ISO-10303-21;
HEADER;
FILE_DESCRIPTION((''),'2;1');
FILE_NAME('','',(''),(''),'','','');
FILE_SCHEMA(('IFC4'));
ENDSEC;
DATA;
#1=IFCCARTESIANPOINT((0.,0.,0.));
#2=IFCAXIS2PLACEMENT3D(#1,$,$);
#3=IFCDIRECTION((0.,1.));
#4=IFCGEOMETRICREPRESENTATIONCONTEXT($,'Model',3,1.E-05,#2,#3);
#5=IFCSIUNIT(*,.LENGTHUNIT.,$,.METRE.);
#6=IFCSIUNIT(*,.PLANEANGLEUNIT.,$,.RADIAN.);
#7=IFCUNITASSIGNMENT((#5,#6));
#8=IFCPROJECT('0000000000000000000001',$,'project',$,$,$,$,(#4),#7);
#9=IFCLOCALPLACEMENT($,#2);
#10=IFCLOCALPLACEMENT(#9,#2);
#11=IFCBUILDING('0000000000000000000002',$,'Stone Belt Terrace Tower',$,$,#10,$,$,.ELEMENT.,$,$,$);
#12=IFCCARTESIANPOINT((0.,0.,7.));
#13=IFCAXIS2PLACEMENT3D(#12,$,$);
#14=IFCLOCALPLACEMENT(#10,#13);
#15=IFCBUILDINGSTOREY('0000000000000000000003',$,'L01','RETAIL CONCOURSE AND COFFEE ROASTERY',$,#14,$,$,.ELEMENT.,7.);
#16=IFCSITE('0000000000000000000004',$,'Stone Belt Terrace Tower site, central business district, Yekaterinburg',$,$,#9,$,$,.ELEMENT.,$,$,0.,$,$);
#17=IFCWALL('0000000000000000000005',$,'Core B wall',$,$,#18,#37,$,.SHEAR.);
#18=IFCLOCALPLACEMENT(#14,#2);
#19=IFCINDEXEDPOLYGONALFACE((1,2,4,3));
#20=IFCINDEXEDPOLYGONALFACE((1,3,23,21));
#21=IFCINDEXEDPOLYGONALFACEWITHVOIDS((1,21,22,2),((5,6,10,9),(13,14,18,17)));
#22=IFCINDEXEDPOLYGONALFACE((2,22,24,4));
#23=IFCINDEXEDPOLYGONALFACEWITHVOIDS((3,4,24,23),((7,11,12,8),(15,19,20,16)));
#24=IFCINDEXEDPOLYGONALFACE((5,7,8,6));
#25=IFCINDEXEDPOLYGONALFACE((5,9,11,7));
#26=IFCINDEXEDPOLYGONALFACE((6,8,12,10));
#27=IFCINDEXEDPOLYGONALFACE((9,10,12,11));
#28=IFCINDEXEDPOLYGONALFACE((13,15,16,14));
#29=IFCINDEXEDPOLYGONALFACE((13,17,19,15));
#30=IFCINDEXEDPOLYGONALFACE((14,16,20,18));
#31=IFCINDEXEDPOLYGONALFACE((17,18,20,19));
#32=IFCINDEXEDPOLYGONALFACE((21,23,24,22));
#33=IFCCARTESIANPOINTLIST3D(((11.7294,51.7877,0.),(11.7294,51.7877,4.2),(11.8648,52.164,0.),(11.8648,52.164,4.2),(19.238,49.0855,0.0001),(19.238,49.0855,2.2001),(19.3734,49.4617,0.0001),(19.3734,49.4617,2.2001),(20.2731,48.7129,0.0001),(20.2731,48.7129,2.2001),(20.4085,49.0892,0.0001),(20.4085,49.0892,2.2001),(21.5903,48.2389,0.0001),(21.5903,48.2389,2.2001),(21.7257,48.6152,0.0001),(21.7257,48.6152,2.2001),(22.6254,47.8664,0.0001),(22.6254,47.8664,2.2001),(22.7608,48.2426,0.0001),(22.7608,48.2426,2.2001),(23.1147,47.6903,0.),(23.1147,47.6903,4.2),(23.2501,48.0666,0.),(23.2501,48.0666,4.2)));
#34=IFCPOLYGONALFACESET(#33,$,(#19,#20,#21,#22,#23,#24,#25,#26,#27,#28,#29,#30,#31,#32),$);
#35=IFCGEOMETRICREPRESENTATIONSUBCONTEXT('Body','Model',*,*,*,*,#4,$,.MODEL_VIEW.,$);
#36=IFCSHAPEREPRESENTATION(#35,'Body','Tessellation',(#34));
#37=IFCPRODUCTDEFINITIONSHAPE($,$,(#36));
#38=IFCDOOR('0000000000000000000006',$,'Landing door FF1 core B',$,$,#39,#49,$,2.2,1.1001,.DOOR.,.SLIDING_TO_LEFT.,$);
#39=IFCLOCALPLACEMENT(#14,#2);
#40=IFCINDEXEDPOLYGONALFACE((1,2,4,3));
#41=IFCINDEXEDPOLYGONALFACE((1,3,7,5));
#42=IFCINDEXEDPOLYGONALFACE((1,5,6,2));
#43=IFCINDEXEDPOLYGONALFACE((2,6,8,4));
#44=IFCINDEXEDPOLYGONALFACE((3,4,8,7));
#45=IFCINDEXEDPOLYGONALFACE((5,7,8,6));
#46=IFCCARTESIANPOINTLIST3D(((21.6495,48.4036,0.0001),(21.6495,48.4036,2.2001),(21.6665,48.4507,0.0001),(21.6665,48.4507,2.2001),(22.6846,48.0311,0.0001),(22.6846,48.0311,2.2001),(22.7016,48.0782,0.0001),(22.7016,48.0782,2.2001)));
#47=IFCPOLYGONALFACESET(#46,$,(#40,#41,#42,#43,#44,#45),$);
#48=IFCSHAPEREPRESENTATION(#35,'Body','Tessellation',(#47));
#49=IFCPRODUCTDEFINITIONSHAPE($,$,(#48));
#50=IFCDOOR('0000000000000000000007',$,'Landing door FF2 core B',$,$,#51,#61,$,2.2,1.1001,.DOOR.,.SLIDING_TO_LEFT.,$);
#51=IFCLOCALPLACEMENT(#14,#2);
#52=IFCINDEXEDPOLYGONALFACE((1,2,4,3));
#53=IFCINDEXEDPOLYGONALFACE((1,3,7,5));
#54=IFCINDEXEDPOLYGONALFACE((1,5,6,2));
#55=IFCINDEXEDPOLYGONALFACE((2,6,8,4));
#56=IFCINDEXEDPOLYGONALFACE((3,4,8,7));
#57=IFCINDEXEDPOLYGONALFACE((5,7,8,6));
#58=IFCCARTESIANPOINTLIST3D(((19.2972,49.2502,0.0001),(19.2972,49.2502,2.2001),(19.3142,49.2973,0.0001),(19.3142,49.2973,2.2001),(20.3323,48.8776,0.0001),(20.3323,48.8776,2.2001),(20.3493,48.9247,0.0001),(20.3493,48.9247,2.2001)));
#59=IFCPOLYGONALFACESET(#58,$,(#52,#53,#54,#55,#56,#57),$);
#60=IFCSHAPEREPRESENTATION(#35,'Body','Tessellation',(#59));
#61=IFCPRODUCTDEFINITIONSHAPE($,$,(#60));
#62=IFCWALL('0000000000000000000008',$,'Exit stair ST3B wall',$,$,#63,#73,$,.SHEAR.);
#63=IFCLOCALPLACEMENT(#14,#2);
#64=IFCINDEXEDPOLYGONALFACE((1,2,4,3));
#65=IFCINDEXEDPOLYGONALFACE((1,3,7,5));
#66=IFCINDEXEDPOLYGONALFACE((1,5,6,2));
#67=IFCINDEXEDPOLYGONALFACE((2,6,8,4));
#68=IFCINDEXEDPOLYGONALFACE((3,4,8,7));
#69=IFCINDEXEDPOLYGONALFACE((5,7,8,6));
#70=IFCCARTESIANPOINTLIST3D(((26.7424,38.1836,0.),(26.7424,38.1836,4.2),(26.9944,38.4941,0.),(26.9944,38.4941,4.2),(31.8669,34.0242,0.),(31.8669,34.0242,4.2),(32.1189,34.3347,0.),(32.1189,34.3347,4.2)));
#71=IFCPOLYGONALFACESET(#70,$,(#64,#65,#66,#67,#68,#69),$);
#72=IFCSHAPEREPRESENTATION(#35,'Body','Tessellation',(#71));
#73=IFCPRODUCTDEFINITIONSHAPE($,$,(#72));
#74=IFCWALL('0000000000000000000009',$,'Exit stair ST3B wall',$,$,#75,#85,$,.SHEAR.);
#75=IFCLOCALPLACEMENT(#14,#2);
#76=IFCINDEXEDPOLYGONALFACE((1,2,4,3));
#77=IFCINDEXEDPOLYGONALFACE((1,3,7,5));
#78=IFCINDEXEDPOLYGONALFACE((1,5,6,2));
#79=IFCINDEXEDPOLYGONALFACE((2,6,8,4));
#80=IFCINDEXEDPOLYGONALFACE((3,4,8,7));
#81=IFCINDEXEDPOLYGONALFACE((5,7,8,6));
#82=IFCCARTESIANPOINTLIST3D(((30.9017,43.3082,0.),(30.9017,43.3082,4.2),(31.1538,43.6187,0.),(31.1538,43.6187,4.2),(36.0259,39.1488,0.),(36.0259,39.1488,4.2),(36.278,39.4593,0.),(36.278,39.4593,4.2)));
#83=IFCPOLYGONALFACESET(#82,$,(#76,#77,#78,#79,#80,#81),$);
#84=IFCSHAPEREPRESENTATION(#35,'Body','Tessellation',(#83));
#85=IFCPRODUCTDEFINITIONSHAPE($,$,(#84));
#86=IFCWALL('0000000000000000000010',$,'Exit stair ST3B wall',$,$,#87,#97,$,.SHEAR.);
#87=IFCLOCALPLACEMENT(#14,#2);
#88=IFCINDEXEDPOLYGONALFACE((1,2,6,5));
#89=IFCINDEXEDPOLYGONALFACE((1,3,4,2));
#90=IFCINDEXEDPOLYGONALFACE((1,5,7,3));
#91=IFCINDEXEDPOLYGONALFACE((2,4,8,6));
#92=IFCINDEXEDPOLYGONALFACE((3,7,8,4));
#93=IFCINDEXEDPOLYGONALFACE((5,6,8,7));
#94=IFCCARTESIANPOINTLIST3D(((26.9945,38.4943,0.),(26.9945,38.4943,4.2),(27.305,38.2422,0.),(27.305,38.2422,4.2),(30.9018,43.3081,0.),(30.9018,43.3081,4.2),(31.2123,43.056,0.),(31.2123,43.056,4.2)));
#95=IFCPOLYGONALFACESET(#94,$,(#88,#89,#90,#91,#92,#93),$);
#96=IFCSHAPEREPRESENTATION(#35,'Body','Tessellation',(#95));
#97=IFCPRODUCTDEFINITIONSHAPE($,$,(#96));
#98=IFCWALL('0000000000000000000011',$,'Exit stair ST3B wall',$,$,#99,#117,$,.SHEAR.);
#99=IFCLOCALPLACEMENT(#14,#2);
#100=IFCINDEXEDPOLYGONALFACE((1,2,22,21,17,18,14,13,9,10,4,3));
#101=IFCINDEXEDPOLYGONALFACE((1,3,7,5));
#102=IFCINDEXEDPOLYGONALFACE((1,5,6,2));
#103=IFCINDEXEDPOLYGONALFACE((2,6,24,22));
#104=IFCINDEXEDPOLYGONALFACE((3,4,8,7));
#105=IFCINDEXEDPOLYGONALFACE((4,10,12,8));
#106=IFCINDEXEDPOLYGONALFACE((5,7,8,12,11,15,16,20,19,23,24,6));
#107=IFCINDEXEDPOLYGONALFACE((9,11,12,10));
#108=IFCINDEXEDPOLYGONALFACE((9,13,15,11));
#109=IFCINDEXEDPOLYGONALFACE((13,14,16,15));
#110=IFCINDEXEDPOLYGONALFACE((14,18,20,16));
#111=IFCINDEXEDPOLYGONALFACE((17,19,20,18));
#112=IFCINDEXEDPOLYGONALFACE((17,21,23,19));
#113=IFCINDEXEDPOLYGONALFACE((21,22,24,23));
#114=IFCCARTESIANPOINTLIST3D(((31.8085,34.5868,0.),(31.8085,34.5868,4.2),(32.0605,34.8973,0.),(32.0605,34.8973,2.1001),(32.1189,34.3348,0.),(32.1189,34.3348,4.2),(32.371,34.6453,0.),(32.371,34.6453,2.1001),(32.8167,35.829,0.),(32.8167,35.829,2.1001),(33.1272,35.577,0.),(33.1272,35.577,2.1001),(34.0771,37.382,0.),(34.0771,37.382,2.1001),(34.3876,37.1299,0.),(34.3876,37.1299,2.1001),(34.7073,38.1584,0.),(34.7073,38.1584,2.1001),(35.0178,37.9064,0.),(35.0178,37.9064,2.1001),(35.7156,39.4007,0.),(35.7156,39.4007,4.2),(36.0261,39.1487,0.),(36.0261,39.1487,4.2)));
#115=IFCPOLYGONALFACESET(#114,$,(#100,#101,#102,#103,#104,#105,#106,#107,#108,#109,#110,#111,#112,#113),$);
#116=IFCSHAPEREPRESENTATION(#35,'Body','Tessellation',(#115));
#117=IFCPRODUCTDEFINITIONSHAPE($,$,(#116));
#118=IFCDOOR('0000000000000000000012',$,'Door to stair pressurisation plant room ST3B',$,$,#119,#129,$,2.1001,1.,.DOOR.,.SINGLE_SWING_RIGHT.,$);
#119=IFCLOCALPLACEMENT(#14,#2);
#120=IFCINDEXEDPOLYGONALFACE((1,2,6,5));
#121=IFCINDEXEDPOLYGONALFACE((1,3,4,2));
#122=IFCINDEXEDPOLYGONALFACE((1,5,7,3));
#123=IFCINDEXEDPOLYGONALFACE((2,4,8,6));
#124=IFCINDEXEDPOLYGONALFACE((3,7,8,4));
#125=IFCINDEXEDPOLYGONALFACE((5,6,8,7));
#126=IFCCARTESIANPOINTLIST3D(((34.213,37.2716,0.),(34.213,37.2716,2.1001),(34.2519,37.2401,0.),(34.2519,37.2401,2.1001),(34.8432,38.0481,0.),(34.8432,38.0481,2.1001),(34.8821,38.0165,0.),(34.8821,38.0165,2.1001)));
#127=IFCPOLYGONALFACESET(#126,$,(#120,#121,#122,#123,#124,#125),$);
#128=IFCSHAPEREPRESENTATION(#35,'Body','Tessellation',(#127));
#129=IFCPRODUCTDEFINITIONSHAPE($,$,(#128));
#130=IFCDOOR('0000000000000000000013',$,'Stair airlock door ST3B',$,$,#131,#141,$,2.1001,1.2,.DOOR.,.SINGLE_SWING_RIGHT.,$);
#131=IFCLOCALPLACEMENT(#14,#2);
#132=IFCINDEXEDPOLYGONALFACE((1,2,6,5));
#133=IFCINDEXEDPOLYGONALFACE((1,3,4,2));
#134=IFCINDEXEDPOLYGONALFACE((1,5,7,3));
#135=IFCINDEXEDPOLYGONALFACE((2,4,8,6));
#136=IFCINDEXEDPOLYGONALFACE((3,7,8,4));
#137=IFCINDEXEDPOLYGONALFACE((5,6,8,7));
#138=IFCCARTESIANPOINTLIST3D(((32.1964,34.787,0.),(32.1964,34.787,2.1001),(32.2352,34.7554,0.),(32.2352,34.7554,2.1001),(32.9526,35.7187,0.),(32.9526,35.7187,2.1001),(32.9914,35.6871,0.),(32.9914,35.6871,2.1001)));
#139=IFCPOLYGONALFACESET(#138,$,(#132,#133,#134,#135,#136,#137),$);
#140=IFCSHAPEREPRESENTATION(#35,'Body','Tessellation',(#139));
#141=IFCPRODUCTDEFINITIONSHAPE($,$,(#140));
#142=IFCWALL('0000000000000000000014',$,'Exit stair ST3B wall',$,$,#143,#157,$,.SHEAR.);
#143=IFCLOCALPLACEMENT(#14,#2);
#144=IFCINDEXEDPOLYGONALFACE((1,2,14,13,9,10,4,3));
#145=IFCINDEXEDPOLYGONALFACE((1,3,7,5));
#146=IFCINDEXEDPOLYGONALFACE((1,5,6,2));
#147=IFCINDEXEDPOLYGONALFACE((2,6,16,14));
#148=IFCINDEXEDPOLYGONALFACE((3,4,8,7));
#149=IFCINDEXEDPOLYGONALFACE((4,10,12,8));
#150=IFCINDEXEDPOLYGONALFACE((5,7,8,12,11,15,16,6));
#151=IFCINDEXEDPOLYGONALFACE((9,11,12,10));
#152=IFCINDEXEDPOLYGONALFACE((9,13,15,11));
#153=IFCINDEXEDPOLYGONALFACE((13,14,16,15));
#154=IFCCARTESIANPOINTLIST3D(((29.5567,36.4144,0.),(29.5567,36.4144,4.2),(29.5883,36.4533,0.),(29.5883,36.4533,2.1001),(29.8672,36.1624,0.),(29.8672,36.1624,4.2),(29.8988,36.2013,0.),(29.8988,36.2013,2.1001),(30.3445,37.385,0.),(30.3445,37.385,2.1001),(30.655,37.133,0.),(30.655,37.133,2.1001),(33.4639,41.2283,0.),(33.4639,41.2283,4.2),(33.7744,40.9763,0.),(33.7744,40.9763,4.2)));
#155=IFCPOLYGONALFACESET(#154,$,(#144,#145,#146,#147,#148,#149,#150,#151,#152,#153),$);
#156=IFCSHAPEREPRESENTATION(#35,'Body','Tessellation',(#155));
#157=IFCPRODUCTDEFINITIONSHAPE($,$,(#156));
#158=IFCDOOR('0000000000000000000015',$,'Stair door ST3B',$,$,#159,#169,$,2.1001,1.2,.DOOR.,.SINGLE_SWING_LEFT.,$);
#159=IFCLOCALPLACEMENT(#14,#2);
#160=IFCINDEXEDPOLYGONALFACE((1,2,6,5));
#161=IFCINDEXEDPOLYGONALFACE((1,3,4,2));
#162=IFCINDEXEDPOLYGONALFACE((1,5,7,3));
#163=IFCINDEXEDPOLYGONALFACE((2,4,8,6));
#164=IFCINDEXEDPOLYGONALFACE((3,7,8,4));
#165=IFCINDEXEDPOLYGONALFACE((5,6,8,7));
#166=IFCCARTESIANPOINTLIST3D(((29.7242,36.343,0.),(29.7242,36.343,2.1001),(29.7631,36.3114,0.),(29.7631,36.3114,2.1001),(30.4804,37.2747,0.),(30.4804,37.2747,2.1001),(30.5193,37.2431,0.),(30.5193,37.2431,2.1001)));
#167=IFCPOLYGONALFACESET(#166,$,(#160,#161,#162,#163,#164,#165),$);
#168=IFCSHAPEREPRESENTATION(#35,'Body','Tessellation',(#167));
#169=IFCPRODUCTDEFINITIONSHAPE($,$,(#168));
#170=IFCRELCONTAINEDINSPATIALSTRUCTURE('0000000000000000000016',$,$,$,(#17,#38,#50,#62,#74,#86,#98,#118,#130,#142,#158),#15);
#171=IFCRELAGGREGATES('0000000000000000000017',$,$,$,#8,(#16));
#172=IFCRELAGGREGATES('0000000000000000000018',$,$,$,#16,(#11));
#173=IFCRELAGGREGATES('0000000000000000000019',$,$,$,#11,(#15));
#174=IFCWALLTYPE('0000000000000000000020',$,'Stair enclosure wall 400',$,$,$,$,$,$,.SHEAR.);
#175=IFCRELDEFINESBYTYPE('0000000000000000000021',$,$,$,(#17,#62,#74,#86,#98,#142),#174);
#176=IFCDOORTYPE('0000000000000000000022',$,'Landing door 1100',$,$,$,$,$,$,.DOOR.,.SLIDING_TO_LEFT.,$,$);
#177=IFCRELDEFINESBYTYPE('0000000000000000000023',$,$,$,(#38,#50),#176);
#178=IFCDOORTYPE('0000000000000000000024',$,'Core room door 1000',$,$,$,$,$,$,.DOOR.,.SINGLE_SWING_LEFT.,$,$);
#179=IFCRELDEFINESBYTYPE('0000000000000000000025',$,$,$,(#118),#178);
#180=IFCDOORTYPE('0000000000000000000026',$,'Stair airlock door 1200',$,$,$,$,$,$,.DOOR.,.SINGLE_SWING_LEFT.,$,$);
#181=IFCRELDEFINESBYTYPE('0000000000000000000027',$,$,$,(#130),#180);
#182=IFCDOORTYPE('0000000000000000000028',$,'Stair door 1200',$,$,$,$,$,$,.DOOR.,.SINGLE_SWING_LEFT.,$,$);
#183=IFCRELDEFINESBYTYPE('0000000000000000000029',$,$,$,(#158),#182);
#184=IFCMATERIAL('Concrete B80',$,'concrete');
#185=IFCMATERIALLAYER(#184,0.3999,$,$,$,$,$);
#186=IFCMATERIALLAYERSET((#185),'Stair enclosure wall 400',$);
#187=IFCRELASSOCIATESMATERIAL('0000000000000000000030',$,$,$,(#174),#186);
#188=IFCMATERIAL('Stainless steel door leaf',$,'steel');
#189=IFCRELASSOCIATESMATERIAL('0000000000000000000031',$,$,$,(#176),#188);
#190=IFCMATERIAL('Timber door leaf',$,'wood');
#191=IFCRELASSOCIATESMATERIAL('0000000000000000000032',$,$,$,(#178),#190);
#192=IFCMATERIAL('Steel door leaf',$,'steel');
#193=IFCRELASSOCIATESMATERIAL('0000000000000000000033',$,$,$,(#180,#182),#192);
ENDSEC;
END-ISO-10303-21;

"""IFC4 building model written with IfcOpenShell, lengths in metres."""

from ifc_helpers import new_model, si_unit, direction, frame, frame_2d, origin, place, context, subcontext, project, spatial, rectangle, extrude, material, layer, layer_set, type_object, element, fill, save


model = new_model("IFC4")

# Units and contexts
model_context = context("Model", 3, precision=1e-05, world=origin(), true_north=direction((0.0, 1.0)))
body_context = subcontext(model_context, "Body", "Model", "MODEL_VIEW")
ifc_project = project(units=[si_unit("LENGTHUNIT", "METRE"), si_unit("PLANEANGLEUNIT", "RADIAN")], contexts=[model_context])

# Site, building, storey
site_placement = place(None, origin())
site = spatial("IfcSite", under=ifc_project, at=site_placement, Name="Stone Belt Terrace Tower site, central business district, Yekaterinburg", CompositionType="ELEMENT", RefElevation=0.0)
building_placement = place(site_placement, origin())
building = spatial("IfcBuilding", under=site, at=building_placement, Name="Stone Belt Terrace Tower", CompositionType="ELEMENT")
storey_placement = place(building_placement, frame((0.0, 0.0, 7.0)))
storey = spatial("IfcBuildingStorey", under=building, at=storey_placement, Name="L01", Description="RETAIL CONCOURSE AND COFFEE ROASTERY", CompositionType="ELEMENT", Elevation=7.0)

# Shared definitions
ifc_material_1 = material(Name="Concrete B80", Category="concrete")

# Wall, openings, doors
ifc_layer_1 = layer(ifc_material_1, 0.3999)
ifc_layer_set_1 = layer_set([ifc_layer_1], Name="Stair enclosure wall 400")
wall_type_1 = type_object("IfcWallType", Name="Stair enclosure wall 400", PredefinedType="SHEAR", material=ifc_layer_set_1)
wall_1_placement = place(storey_placement, frame((23.1824, 47.8784, 0.0), z_axis=(0.0, 0.0, 1.0), x_axis=(-0.940921, 0.338626, 0.0)))
wall_1 = element("IfcWall", 1, at=wall_1_placement, inside=storey, type_object=wall_type_1, Name="Core B wall", PredefinedType="SHEAR", context=body_context, shape_type="SweptSolid", body=[
    extrude(rectangle(XDim=12.1001, YDim=0.3999, at=frame_2d((6.05, 0.0))), origin(), (0.0, 0.0, 1.0), 4.2),
])
opening_1_placement = place(wall_1_placement, frame((0.52, 0.0, 0.0)))
opening_1 = element("IfcOpeningElement", 2, at=opening_1_placement, cuts=wall_1, PredefinedType="OPENING", context=body_context, shape_type="SweptSolid", body=[
    extrude(rectangle(XDim=1.1001, YDim=2.2, at=frame_2d((0.55, 1.1001))), frame((0.0, 0.21, 0.0), z_axis=(0.0, -1.0, 0.0), x_axis=(1.0, 0.0, 0.0)), (0.0, 0.0, 1.0), 0.4199),
])
opening_2_placement = place(wall_1_placement, frame((3.02, 0.0, 0.0)))
opening_2 = element("IfcOpeningElement", 3, at=opening_2_placement, cuts=wall_1, PredefinedType="OPENING", context=body_context, shape_type="SweptSolid", body=[
    extrude(rectangle(XDim=1.1001, YDim=2.2, at=frame_2d((0.55, 1.1001))), frame((0.0, 0.21, 0.0), z_axis=(0.0, -1.0, 0.0), x_axis=(1.0, 0.0, 0.0)), (0.0, 0.0, 1.0), 0.4199),
])
ifc_material_2 = material(Name="Stainless steel door leaf", Category="steel")
door_type_1 = type_object("IfcDoorType", Name="Landing door 1100", OperationType="SLIDING_TO_LEFT", PredefinedType="DOOR", material=ifc_material_2)
door_1_placement = place(opening_1_placement, origin())
door_1 = element("IfcDoor", 4, at=door_1_placement, inside=storey, type_object=door_type_1, Name="Landing door FF1 core B", OperationType="SLIDING_TO_LEFT", OverallHeight=2.2, OverallWidth=1.1001, PredefinedType="DOOR", context=body_context, shape_type="SweptSolid", body=[
    extrude(rectangle(XDim=1.1001, YDim=2.2, at=frame_2d((0.55, 1.1001))), frame((0.0, 0.0249, 0.0), z_axis=(0.0, -1.0, 0.0), x_axis=(1.0, 0.0, 0.0)), (0.0, 0.0, 1.0), 0.05),
])
fill(opening_1, door_1)
door_2_placement = place(opening_2_placement, origin())
door_2 = element("IfcDoor", 5, at=door_2_placement, inside=storey, type_object=door_type_1, Name="Landing door FF2 core B", OperationType="SLIDING_TO_LEFT", OverallHeight=2.2, OverallWidth=1.1001, PredefinedType="DOOR", context=body_context, shape_type="SweptSolid", body=[
    extrude(rectangle(XDim=1.1001, YDim=2.2, at=frame_2d((0.55, 1.1001))), frame((0.0, 0.0249, 0.0), z_axis=(0.0, -1.0, 0.0), x_axis=(1.0, 0.0, 0.0)), (0.0, 0.0, 1.0), 0.05),
])
fill(opening_2, door_2)

# Walls
wall_2_placement = place(storey_placement, frame((26.8684, 38.3389, 0.0), z_axis=(0.0, 0.0, 1.0), x_axis=(0.776428, -0.630205, 0.0)))
element("IfcWall", 6, at=wall_2_placement, inside=storey, type_object=wall_type_1, Name="Exit stair ST3B wall", PredefinedType="SHEAR", context=body_context, shape_type="SweptSolid", body=[
    extrude(rectangle(XDim=6.6001, YDim=0.3999, at=frame_2d((3.3, 0.0))), origin(), (0.0, 0.0, 1.0), 4.2),
])
wall_3_placement = place(storey_placement, frame((31.0278, 43.4634, 0.0), z_axis=(0.0, 0.0, 1.0), x_axis=(0.776414, -0.630224, 0.0)))
element("IfcWall", 7, at=wall_3_placement, inside=storey, type_object=wall_type_1, Name="Exit stair ST3B wall", PredefinedType="SHEAR", context=body_context, shape_type="SweptSolid", body=[
    extrude(rectangle(XDim=6.5999, YDim=0.3999, at=frame_2d((3.2998, 0.0))), origin(), (0.0, 0.0, 1.0), 4.2),
])
wall_4_placement = place(storey_placement, frame((27.1497, 38.3682, 0.0), z_axis=(0.0, 0.0, 1.0), x_axis=(0.630212, 0.776423, 0.0)))
element("IfcWall", 8, at=wall_4_placement, inside=storey, type_object=wall_type_1, Name="Exit stair ST3B wall", PredefinedType="SHEAR", context=body_context, shape_type="SweptSolid", body=[
    extrude(rectangle(XDim=6.2, YDim=0.3999, at=frame_2d((3.1001, 0.0))), origin(), (0.0, 0.0, 1.0), 4.2),
])

# Wall, openings, doors
wall_5_placement = place(storey_placement, frame((31.9636, 34.4607, 0.0), z_axis=(0.0, 0.0, 1.0), x_axis=(0.630192, 0.776439, 0.0)))
wall_5 = element("IfcWall", 9, at=wall_5_placement, inside=storey, type_object=wall_type_1, Name="Exit stair ST3B wall", PredefinedType="SHEAR", context=body_context, shape_type="SweptSolid", body=[
    extrude(rectangle(XDim=6.2, YDim=0.3999, at=frame_2d((3.1001, 0.0))), origin(), (0.0, 0.0, 1.0), 4.2),
])
opening_3_placement = place(wall_5_placement, frame((0.3999, 0.0, 0.0)))
opening_3 = element("IfcOpeningElement", 10, at=opening_3_placement, cuts=wall_5, PredefinedType="OPENING", context=body_context, shape_type="SweptSolid", body=[
    extrude(rectangle(XDim=1.2, YDim=2.1001, at=frame_2d((0.6001, 1.05))), frame((0.0, 0.21, 0.0), z_axis=(0.0, -1.0, 0.0), x_axis=(1.0, 0.0, 0.0)), (0.0, 0.0, 1.0), 0.4199),
])
opening_4_placement = place(wall_5_placement, frame((3.6001, 0.0, 0.0)))
opening_4 = element("IfcOpeningElement", 11, at=opening_4_placement, cuts=wall_5, PredefinedType="OPENING", context=body_context, shape_type="SweptSolid", body=[
    extrude(rectangle(XDim=1.0, YDim=2.1001, at=frame_2d((0.5, 1.05))), frame((0.0, 0.21, 0.0), z_axis=(0.0, -1.0, 0.0), x_axis=(1.0, 0.0, 0.0)), (0.0, 0.0, 1.0), 0.4199),
])
ifc_material_3 = material(Name="Timber door leaf", Category="wood")
door_type_2 = type_object("IfcDoorType", Name="Core room door 1000", OperationType="SINGLE_SWING_LEFT", PredefinedType="DOOR", material=ifc_material_3)
door_3_placement = place(opening_4_placement, origin())
door_3 = element("IfcDoor", 12, at=door_3_placement, inside=storey, type_object=door_type_2, Name="Door to stair pressurisation plant room ST3B", OperationType="SINGLE_SWING_RIGHT", OverallHeight=2.1001, OverallWidth=1.0, PredefinedType="DOOR", context=body_context, shape_type="SweptSolid", body=[
    extrude(rectangle(XDim=1.0, YDim=2.1001, at=frame_2d((0.5, 1.05))), frame((0.0, 0.0249, 0.0), z_axis=(0.0, -1.0, 0.0), x_axis=(1.0, 0.0, 0.0)), (0.0, 0.0, 1.0), 0.05),
])
fill(opening_4, door_3)
ifc_material_4 = material(Name="Steel door leaf", Category="steel")
door_type_3 = type_object("IfcDoorType", Name="Stair airlock door 1200", OperationType="SINGLE_SWING_LEFT", PredefinedType="DOOR", material=ifc_material_4)
door_4_placement = place(opening_3_placement, origin())
door_4 = element("IfcDoor", 13, at=door_4_placement, inside=storey, type_object=door_type_3, Name="Stair airlock door ST3B", OperationType="SINGLE_SWING_RIGHT", OverallHeight=2.1001, OverallWidth=1.2, PredefinedType="DOOR", context=body_context, shape_type="SweptSolid", body=[
    extrude(rectangle(XDim=1.2, YDim=2.1001, at=frame_2d((0.6001, 1.05))), frame((0.0, 0.0249, 0.0), z_axis=(0.0, -1.0, 0.0), x_axis=(1.0, 0.0, 0.0)), (0.0, 0.0, 1.0), 0.05),
])
fill(opening_3, door_4)

# Wall, opening, door
wall_6_placement = place(storey_placement, frame((29.7119, 36.2883, 0.0), z_axis=(0.0, 0.0, 1.0), x_axis=(0.630192, 0.776439, 0.0)))
wall_6 = element("IfcWall", 14, at=wall_6_placement, inside=storey, type_object=wall_type_1, Name="Exit stair ST3B wall", PredefinedType="SHEAR", context=body_context, shape_type="SweptSolid", body=[
    extrude(rectangle(XDim=6.2, YDim=0.3999, at=frame_2d((3.1001, 0.0))), origin(), (0.0, 0.0, 1.0), 4.2),
])
opening_5_placement = place(wall_6_placement, frame((0.05, 0.0, 0.0)))
opening_5 = element("IfcOpeningElement", 15, at=opening_5_placement, cuts=wall_6, PredefinedType="OPENING", context=body_context, shape_type="SweptSolid", body=[
    extrude(rectangle(XDim=1.2, YDim=2.1001, at=frame_2d((0.6001, 1.05))), frame((0.0, 0.21, 0.0), z_axis=(0.0, -1.0, 0.0), x_axis=(1.0, 0.0, 0.0)), (0.0, 0.0, 1.0), 0.4199),
])
door_type_4 = type_object("IfcDoorType", Name="Stair door 1200", OperationType="SINGLE_SWING_LEFT", PredefinedType="DOOR", material=ifc_material_4)
door_5_placement = place(opening_5_placement, origin())
door_5 = element("IfcDoor", 16, at=door_5_placement, inside=storey, type_object=door_type_4, Name="Stair door ST3B", OperationType="SINGLE_SWING_LEFT", OverallHeight=2.1001, OverallWidth=1.2, PredefinedType="DOOR", context=body_context, shape_type="SweptSolid", body=[
    extrude(rectangle(XDim=1.2, YDim=2.1001, at=frame_2d((0.6001, 1.05))), frame((0.0, 0.0249, 0.0), z_axis=(0.0, -1.0, 0.0), x_axis=(1.0, 0.0, 0.0)), (0.0, 0.0, 1.0), 0.05),
])
fill(opening_5, door_5)

save(model, "model.ifc")
